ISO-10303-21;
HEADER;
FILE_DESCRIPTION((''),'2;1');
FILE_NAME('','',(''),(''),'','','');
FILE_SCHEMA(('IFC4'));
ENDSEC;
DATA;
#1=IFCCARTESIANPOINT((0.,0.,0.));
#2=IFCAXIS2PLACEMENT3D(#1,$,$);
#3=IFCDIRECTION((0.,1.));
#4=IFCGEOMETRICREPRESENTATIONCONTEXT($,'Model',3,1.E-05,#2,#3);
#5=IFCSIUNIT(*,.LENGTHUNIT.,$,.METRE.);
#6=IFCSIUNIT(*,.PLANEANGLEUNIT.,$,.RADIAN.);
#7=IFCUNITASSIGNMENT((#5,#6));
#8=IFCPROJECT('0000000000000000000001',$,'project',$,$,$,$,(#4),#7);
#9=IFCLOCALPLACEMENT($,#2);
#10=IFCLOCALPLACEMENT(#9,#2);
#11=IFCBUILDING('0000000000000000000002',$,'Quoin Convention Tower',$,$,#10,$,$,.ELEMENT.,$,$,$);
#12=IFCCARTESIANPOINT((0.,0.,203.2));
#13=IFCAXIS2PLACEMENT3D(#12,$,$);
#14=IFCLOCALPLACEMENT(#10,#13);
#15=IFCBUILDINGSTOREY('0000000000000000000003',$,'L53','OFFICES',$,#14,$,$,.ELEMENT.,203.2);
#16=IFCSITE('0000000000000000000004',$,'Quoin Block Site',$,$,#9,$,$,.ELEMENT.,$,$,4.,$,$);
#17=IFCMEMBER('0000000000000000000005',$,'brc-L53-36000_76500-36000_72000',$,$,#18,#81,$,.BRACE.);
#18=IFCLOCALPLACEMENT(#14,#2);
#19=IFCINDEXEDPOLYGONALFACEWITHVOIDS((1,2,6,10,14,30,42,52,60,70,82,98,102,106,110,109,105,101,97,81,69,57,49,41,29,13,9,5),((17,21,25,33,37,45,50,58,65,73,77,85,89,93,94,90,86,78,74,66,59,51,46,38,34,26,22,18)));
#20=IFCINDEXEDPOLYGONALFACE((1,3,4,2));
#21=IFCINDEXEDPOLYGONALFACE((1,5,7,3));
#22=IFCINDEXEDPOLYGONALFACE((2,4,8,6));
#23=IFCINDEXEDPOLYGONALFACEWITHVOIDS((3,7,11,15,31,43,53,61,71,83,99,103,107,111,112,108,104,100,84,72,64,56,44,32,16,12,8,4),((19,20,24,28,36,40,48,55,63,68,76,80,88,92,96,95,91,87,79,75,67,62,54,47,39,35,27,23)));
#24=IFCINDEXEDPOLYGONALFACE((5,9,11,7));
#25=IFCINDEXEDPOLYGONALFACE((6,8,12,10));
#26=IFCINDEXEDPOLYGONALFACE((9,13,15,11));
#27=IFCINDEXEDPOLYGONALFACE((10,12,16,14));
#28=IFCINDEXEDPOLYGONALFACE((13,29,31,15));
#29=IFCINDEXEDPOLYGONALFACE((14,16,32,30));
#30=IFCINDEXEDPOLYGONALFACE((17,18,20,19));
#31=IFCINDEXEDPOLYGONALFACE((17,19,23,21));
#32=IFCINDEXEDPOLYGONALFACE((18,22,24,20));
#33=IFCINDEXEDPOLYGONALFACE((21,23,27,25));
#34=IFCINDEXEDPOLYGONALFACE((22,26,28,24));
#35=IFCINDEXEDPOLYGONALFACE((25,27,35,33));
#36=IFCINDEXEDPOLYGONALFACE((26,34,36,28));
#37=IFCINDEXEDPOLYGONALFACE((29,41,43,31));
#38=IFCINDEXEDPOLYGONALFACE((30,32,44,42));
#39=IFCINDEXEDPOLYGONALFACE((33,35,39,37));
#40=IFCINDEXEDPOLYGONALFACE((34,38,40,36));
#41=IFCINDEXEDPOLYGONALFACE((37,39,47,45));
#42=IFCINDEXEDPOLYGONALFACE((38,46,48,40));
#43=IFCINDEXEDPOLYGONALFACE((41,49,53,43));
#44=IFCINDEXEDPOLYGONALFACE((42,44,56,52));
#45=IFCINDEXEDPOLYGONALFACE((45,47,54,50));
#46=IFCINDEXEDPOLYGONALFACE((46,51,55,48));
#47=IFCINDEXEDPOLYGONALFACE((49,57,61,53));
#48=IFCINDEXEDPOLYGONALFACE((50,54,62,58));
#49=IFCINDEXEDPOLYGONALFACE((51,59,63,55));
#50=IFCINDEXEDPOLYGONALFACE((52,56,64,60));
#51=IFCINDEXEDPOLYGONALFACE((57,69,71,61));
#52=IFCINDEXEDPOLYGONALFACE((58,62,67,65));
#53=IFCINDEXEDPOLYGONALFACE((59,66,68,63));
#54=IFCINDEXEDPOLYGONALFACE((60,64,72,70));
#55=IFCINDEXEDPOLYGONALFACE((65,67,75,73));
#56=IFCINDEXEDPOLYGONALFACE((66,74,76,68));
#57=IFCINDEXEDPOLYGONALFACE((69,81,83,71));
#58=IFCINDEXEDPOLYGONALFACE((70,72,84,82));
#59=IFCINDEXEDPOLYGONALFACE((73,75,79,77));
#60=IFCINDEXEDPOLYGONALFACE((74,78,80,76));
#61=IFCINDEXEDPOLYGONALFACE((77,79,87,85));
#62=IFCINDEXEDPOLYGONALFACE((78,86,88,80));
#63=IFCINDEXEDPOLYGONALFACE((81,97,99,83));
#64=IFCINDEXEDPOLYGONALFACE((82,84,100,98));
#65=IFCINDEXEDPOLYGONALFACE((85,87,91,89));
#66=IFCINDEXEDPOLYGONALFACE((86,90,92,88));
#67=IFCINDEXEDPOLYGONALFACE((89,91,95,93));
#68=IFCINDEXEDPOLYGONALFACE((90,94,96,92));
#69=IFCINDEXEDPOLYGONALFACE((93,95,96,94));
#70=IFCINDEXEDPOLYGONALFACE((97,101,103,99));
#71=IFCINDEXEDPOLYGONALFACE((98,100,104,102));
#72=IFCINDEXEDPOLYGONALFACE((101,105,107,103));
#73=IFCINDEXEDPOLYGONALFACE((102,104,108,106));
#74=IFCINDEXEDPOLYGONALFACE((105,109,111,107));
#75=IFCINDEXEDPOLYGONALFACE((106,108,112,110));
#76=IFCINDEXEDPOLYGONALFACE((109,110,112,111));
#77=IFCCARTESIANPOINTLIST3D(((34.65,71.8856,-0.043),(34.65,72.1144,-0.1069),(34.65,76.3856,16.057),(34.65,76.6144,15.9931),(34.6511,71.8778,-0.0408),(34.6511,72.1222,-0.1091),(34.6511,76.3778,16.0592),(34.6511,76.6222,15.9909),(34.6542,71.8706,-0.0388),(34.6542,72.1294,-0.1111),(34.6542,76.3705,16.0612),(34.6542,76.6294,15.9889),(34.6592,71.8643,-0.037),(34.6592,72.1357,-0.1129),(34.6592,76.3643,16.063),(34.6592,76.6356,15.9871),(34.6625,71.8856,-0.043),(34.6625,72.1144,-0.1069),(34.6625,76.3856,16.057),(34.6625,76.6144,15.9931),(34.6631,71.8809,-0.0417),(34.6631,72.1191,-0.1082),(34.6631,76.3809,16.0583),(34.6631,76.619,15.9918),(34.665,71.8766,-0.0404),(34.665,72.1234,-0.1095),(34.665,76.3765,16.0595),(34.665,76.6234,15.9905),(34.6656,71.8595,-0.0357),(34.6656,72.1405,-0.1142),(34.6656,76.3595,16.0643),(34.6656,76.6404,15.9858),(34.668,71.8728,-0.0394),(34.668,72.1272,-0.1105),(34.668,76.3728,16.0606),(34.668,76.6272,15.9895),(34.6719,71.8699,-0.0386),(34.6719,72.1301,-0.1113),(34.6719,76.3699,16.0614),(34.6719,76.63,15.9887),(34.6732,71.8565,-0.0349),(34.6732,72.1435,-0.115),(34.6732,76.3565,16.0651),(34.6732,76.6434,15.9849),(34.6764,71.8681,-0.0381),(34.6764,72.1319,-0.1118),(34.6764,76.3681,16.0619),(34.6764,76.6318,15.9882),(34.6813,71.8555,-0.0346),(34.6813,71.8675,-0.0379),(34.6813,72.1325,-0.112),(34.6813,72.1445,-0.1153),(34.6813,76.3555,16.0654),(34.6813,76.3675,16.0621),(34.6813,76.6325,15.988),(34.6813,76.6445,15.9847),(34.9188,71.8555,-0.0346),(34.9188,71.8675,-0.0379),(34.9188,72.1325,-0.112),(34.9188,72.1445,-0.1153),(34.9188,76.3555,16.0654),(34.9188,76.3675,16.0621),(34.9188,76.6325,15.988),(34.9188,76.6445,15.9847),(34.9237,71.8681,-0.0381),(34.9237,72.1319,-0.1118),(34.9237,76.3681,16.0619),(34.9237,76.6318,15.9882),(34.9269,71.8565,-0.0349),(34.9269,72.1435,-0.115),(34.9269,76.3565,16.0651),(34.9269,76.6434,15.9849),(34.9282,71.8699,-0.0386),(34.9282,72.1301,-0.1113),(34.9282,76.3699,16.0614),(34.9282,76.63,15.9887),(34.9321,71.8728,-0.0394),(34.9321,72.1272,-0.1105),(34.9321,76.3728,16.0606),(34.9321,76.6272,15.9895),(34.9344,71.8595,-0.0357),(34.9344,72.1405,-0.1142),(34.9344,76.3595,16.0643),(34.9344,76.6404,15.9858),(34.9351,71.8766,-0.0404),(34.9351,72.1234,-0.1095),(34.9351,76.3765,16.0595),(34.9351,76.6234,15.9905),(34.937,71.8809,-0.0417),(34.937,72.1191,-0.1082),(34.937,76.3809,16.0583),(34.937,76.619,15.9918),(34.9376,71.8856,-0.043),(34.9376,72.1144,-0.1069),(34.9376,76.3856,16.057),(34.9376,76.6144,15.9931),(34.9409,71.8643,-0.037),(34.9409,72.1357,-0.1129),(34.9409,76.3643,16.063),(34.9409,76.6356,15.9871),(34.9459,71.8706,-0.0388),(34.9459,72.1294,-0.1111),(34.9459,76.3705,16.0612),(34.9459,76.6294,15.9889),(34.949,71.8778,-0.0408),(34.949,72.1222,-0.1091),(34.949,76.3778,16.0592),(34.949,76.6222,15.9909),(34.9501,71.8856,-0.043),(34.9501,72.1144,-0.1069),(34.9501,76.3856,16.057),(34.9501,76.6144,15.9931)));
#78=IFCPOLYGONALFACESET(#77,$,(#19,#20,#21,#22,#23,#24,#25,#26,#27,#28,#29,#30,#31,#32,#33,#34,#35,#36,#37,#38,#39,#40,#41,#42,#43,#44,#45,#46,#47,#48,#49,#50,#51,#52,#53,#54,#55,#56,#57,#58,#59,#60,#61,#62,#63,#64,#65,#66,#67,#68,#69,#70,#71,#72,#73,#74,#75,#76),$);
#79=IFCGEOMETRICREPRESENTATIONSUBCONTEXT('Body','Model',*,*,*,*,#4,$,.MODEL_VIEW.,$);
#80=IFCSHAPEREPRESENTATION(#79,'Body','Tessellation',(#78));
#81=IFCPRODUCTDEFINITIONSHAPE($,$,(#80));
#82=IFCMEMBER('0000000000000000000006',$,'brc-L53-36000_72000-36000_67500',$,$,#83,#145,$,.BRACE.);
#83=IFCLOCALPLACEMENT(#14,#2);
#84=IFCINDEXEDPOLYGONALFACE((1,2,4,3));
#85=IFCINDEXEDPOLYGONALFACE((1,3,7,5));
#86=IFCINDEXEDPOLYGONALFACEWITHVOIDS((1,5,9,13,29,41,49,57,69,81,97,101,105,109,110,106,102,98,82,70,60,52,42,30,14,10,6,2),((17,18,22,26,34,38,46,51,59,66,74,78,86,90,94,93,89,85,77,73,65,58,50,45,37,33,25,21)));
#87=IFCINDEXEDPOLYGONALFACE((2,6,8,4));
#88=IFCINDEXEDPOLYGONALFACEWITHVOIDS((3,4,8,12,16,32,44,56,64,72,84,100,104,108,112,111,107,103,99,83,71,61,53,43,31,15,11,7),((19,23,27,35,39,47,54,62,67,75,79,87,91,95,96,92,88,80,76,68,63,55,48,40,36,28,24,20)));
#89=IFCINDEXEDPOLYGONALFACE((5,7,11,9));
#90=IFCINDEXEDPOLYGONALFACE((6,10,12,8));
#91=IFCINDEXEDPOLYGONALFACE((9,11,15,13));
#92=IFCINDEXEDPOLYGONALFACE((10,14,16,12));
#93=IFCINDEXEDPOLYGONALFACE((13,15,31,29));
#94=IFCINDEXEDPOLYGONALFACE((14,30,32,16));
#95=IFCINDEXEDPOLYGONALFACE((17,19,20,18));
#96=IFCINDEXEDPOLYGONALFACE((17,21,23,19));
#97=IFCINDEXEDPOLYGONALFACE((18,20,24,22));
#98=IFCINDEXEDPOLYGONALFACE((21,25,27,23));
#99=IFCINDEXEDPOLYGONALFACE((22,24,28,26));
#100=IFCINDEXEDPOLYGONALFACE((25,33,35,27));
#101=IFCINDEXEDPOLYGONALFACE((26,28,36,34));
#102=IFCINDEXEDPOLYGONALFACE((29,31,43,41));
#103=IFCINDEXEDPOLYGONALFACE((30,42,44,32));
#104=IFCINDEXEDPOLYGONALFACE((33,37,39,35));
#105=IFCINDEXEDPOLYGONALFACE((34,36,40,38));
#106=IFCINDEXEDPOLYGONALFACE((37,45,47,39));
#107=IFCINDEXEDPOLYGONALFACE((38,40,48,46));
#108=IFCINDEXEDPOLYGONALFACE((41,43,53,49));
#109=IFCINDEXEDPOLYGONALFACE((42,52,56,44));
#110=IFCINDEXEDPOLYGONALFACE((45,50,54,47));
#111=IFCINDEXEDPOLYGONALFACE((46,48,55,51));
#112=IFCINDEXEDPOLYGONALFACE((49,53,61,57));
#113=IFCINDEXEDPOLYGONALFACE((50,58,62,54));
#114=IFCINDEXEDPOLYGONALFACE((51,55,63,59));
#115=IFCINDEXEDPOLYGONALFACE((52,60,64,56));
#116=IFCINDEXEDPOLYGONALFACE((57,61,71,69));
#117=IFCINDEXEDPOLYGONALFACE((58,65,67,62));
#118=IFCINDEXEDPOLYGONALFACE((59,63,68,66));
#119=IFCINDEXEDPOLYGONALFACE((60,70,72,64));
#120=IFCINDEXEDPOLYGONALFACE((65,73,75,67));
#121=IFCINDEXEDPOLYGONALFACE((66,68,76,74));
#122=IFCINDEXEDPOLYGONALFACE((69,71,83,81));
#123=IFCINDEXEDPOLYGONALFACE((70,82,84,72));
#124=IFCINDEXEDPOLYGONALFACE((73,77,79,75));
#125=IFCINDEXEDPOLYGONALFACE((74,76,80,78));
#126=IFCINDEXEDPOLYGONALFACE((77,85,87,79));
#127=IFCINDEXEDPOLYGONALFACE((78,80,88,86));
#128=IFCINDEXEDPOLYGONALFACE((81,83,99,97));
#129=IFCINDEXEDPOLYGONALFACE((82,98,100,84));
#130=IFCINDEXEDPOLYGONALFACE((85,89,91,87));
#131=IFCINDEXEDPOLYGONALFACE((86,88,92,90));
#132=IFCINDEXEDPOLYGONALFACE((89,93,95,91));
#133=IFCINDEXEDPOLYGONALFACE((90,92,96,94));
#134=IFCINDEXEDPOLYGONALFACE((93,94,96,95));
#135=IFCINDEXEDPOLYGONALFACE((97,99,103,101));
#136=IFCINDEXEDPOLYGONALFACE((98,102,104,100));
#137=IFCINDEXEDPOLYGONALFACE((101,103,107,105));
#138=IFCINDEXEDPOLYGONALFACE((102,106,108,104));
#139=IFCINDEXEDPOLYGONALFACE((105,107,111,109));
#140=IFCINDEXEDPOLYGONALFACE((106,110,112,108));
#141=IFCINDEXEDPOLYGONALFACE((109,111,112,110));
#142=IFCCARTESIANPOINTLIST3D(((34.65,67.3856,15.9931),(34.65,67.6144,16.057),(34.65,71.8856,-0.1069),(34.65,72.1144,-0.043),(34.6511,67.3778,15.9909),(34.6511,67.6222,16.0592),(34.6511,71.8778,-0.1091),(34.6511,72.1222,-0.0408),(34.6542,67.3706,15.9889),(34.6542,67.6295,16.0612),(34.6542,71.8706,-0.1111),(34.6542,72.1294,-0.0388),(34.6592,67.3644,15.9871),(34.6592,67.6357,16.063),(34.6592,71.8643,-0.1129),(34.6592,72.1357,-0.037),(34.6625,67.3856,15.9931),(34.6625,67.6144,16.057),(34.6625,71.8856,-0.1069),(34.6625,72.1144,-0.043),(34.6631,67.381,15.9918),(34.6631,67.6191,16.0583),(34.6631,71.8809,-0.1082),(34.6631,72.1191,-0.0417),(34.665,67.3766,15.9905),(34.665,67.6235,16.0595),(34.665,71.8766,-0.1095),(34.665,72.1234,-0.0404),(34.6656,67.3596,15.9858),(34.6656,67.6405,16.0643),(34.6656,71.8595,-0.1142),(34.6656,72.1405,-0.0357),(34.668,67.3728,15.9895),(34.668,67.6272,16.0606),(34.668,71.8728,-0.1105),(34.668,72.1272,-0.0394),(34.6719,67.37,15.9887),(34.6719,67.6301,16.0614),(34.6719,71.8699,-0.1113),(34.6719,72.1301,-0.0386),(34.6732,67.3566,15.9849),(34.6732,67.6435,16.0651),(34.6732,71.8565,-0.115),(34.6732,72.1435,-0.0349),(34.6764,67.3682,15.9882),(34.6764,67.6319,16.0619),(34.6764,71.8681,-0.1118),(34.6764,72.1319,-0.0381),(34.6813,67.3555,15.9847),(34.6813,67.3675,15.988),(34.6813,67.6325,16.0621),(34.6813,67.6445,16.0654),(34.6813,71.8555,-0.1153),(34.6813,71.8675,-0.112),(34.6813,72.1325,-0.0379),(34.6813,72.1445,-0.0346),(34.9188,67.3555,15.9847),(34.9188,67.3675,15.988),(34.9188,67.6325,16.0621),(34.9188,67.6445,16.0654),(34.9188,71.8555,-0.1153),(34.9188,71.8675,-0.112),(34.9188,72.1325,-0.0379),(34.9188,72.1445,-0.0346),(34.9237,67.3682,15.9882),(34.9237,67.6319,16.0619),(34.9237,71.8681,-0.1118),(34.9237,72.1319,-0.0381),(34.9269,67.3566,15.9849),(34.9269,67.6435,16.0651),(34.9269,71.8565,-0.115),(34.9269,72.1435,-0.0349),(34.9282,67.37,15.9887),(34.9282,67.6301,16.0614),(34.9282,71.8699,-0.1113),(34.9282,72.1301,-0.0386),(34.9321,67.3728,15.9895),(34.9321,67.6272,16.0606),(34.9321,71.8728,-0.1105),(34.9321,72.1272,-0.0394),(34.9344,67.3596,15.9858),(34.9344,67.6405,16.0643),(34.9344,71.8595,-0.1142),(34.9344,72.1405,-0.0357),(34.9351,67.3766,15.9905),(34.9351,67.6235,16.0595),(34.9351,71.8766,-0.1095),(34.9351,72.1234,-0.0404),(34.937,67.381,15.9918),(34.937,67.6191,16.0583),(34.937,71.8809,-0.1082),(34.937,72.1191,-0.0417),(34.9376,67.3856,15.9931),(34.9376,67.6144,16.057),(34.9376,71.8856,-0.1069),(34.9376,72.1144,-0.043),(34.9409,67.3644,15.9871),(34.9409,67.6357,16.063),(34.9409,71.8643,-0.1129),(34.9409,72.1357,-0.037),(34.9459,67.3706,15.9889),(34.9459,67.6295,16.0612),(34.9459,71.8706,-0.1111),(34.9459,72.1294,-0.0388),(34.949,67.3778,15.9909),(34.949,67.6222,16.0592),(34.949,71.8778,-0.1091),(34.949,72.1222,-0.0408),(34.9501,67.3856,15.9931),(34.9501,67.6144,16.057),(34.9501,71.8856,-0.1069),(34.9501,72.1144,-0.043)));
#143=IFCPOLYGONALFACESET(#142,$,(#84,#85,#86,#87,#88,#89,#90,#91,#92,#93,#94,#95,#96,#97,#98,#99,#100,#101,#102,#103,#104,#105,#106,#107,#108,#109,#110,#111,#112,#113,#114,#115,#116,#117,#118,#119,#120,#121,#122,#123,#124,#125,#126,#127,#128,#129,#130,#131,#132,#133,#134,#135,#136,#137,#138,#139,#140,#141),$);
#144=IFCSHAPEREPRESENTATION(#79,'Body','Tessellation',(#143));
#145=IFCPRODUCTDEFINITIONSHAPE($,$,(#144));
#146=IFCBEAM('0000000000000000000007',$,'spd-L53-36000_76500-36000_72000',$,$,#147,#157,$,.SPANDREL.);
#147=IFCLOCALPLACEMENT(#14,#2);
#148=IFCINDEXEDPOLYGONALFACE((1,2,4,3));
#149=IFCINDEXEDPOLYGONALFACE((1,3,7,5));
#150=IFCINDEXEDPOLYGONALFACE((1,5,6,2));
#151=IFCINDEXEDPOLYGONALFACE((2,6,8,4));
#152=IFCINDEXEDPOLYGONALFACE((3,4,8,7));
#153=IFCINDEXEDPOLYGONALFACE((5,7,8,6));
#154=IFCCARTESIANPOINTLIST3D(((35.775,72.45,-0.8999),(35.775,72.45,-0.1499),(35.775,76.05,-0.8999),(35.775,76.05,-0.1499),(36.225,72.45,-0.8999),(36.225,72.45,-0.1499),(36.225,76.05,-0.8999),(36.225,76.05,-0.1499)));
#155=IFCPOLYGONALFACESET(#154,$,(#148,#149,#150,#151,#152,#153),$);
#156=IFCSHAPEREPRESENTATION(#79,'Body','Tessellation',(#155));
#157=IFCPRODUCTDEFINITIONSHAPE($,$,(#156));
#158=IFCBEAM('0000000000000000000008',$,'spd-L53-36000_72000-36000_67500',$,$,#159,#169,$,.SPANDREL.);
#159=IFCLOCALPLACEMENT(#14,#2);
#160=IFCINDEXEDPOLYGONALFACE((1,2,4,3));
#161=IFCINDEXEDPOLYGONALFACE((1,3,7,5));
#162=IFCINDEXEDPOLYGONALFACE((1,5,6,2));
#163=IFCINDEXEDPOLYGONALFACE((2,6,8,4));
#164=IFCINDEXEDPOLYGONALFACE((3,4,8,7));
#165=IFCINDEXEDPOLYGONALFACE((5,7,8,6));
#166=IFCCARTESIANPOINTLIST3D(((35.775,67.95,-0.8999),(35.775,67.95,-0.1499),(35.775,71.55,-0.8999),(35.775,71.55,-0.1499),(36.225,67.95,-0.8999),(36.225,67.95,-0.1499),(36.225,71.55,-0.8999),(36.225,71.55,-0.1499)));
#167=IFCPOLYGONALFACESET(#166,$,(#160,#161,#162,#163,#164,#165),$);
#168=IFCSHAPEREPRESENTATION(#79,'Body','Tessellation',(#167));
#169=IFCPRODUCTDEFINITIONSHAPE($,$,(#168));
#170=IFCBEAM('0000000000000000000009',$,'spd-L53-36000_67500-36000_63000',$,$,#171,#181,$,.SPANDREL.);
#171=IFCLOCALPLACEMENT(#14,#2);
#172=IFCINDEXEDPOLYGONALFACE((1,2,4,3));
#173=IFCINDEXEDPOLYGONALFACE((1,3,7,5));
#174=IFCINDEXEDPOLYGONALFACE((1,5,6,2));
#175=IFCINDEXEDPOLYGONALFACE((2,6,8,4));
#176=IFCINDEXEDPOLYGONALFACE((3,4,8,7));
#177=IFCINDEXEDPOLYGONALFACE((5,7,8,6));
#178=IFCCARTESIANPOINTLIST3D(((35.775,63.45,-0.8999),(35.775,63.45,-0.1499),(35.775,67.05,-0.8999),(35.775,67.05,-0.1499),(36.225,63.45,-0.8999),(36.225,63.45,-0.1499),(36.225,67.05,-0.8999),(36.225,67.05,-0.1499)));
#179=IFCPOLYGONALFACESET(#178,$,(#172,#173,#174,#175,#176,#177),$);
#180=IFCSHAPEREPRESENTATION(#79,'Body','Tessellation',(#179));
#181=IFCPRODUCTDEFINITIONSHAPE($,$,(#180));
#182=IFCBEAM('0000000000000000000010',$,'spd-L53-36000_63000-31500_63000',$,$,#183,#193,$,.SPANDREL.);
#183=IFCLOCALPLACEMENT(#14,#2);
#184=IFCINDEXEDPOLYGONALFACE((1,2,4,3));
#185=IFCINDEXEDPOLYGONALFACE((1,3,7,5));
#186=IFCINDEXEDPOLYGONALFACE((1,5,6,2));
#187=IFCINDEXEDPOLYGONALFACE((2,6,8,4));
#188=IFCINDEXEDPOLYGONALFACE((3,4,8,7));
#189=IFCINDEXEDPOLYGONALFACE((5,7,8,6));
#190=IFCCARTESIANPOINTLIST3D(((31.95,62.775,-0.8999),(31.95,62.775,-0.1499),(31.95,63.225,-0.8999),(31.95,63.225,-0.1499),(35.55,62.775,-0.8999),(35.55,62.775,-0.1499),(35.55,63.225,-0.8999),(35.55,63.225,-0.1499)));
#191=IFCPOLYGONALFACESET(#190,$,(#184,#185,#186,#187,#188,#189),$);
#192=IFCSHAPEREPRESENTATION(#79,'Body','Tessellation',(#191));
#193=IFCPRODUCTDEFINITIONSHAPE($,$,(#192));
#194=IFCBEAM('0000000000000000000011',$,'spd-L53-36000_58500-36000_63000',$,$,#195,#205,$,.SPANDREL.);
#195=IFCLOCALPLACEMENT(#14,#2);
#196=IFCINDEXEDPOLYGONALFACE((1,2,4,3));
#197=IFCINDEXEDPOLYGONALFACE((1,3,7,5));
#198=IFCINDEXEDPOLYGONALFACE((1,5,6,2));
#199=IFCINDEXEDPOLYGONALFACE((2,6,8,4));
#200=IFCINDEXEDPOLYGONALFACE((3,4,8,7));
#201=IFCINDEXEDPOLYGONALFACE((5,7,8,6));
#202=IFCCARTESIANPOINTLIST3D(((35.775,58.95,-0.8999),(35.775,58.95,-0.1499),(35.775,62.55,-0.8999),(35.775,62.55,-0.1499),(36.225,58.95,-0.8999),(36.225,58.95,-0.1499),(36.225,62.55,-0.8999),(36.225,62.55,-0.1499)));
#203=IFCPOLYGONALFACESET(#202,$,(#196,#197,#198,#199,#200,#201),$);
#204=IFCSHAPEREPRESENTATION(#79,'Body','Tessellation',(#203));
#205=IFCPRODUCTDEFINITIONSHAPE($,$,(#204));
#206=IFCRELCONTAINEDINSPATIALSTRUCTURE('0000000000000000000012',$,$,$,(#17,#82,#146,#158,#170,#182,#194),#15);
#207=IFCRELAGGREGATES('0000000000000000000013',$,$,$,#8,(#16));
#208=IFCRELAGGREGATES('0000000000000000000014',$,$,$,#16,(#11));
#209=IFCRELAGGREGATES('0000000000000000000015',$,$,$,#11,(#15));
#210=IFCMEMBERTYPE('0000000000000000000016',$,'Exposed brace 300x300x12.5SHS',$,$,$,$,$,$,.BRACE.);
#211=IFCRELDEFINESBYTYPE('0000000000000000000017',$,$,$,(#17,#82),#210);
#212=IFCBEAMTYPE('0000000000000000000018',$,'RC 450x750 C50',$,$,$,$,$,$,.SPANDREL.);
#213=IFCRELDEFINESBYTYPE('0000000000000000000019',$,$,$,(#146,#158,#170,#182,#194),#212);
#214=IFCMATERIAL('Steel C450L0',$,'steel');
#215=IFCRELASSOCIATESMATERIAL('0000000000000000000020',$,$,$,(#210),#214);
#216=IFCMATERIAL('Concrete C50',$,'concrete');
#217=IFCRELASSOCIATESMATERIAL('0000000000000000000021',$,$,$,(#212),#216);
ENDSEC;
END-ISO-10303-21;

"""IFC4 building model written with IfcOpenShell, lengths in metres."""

from ifc_helpers import new_model, si_unit, direction, frame, origin, origin_2d, place, context, subcontext, project, spatial, rectangle, hollow_rectangle, extrude, material, material_profile, profile_set, type_object, element, save


model = new_model("IFC4")

# Units and contexts
model_context = context("Model", 3, precision=1e-05, world=origin(), true_north=direction((0.0, 1.0)))
body_context = subcontext(model_context, "Body", "Model", "MODEL_VIEW")
ifc_project = project(units=[si_unit("LENGTHUNIT", "METRE"), si_unit("PLANEANGLEUNIT", "RADIAN")], contexts=[model_context])

# Site, building, storey
site_placement = place(None, origin())
site = spatial("IfcSite", under=ifc_project, at=site_placement, Name="Quoin Block Site", CompositionType="ELEMENT", RefElevation=4.0)
building_placement = place(site_placement, origin())
building = spatial("IfcBuilding", under=site, at=building_placement, Name="Quoin Convention Tower", CompositionType="ELEMENT")
storey_placement = place(building_placement, frame((0.0, 0.0, 203.2)))
storey = spatial("IfcBuildingStorey", under=building, at=storey_placement, Name="L53", Description="OFFICES", CompositionType="ELEMENT", Elevation=203.2)

# Shared definitions
ifc_material_1 = material(Name="Concrete C50", Category="concrete")

# Members
ifc_material_2 = material(Name="Steel C450L0", Category="steel")
ifc_material_profile_1 = material_profile(ifc_material_2, hollow_rectangle(XDim=0.3, YDim=0.3, WallThickness=0.0125, InnerFilletRadius=0.0188, OuterFilletRadius=0.0312, at=origin_2d()), Name="300x300x12.5SHS")
ifc_profile_set_1 = profile_set([ifc_material_profile_1], Name="Steel C450L0")
member_type = type_object("IfcMemberType", Name="Exposed brace 300x300x12.5SHS", PredefinedType="BRACE", material=ifc_profile_set_1)
for number, where, z_axis, x_axis, name in (
    (1, (34.8, 72.0, -0.075), (0.0, 0.269185, 0.963089), (-1.0, 0.0, 0.0), "brc-L53-36000_76500-36000_72000"),
    (2, (34.8, 72.0, -0.075), (0.0, -0.269185, 0.963089), (1.0, 0.0, 0.0), "brc-L53-36000_72000-36000_67500"),
):
    element("IfcMember", number, at=place(storey_placement, frame(where, z_axis=z_axis, x_axis=x_axis)), inside=storey, type_object=member_type, Name=name, PredefinedType="BRACE", context=body_context, shape_type="SweptSolid", body=[
        extrude(hollow_rectangle(XDim=0.3, YDim=0.3, WallThickness=0.0125, InnerFilletRadius=0.0188, OuterFilletRadius=0.0312, at=origin_2d()), origin(), (0.0, 0.0, 1.0), 16.717),
    ])

# Beams
ifc_material_profile_2 = material_profile(ifc_material_1, rectangle(XDim=0.45, YDim=0.75, at=origin_2d()), Name="RC 450x750")
ifc_profile_set_2 = profile_set([ifc_material_profile_2], Name="Concrete C50")
beam_type_1 = type_object("IfcBeamType", Name="RC 450x750 C50", PredefinedType="SPANDREL", material=ifc_profile_set_2)
for number, where, z_axis, x_axis, name in (
    (3, (36.0, 76.05, -0.5249), (0.0, -1.0, 0.0), (1.0, 0.0, 0.0), "spd-L53-36000_76500-36000_72000"),
    (4, (36.0, 71.55, -0.5249), (0.0, -1.0, 0.0), (1.0, 0.0, 0.0), "spd-L53-36000_72000-36000_67500"),
    (5, (36.0, 67.05, -0.5249), (0.0, -1.0, 0.0), (1.0, 0.0, 0.0), "spd-L53-36000_67500-36000_63000"),
    (6, (35.55, 63.0, -0.5249), (-1.0, 0.0, 0.0), (0.0, -1.0, 0.0), "spd-L53-36000_63000-31500_63000"),
    (7, (36.0, 58.95, -0.5249), (0.0, 1.0, 0.0), (-1.0, 0.0, 0.0), "spd-L53-36000_58500-36000_63000"),
):
    element("IfcBeam", number, at=place(storey_placement, frame(where, z_axis=z_axis, x_axis=x_axis)), inside=storey, type_object=beam_type_1, Name=name, PredefinedType="SPANDREL", context=body_context, shape_type="SweptSolid", body=[
        extrude(rectangle(XDim=0.45, YDim=0.75, at=origin_2d()), origin(), (0.0, 0.0, 1.0), 3.6001),
    ])

save(model, "model.ifc")
